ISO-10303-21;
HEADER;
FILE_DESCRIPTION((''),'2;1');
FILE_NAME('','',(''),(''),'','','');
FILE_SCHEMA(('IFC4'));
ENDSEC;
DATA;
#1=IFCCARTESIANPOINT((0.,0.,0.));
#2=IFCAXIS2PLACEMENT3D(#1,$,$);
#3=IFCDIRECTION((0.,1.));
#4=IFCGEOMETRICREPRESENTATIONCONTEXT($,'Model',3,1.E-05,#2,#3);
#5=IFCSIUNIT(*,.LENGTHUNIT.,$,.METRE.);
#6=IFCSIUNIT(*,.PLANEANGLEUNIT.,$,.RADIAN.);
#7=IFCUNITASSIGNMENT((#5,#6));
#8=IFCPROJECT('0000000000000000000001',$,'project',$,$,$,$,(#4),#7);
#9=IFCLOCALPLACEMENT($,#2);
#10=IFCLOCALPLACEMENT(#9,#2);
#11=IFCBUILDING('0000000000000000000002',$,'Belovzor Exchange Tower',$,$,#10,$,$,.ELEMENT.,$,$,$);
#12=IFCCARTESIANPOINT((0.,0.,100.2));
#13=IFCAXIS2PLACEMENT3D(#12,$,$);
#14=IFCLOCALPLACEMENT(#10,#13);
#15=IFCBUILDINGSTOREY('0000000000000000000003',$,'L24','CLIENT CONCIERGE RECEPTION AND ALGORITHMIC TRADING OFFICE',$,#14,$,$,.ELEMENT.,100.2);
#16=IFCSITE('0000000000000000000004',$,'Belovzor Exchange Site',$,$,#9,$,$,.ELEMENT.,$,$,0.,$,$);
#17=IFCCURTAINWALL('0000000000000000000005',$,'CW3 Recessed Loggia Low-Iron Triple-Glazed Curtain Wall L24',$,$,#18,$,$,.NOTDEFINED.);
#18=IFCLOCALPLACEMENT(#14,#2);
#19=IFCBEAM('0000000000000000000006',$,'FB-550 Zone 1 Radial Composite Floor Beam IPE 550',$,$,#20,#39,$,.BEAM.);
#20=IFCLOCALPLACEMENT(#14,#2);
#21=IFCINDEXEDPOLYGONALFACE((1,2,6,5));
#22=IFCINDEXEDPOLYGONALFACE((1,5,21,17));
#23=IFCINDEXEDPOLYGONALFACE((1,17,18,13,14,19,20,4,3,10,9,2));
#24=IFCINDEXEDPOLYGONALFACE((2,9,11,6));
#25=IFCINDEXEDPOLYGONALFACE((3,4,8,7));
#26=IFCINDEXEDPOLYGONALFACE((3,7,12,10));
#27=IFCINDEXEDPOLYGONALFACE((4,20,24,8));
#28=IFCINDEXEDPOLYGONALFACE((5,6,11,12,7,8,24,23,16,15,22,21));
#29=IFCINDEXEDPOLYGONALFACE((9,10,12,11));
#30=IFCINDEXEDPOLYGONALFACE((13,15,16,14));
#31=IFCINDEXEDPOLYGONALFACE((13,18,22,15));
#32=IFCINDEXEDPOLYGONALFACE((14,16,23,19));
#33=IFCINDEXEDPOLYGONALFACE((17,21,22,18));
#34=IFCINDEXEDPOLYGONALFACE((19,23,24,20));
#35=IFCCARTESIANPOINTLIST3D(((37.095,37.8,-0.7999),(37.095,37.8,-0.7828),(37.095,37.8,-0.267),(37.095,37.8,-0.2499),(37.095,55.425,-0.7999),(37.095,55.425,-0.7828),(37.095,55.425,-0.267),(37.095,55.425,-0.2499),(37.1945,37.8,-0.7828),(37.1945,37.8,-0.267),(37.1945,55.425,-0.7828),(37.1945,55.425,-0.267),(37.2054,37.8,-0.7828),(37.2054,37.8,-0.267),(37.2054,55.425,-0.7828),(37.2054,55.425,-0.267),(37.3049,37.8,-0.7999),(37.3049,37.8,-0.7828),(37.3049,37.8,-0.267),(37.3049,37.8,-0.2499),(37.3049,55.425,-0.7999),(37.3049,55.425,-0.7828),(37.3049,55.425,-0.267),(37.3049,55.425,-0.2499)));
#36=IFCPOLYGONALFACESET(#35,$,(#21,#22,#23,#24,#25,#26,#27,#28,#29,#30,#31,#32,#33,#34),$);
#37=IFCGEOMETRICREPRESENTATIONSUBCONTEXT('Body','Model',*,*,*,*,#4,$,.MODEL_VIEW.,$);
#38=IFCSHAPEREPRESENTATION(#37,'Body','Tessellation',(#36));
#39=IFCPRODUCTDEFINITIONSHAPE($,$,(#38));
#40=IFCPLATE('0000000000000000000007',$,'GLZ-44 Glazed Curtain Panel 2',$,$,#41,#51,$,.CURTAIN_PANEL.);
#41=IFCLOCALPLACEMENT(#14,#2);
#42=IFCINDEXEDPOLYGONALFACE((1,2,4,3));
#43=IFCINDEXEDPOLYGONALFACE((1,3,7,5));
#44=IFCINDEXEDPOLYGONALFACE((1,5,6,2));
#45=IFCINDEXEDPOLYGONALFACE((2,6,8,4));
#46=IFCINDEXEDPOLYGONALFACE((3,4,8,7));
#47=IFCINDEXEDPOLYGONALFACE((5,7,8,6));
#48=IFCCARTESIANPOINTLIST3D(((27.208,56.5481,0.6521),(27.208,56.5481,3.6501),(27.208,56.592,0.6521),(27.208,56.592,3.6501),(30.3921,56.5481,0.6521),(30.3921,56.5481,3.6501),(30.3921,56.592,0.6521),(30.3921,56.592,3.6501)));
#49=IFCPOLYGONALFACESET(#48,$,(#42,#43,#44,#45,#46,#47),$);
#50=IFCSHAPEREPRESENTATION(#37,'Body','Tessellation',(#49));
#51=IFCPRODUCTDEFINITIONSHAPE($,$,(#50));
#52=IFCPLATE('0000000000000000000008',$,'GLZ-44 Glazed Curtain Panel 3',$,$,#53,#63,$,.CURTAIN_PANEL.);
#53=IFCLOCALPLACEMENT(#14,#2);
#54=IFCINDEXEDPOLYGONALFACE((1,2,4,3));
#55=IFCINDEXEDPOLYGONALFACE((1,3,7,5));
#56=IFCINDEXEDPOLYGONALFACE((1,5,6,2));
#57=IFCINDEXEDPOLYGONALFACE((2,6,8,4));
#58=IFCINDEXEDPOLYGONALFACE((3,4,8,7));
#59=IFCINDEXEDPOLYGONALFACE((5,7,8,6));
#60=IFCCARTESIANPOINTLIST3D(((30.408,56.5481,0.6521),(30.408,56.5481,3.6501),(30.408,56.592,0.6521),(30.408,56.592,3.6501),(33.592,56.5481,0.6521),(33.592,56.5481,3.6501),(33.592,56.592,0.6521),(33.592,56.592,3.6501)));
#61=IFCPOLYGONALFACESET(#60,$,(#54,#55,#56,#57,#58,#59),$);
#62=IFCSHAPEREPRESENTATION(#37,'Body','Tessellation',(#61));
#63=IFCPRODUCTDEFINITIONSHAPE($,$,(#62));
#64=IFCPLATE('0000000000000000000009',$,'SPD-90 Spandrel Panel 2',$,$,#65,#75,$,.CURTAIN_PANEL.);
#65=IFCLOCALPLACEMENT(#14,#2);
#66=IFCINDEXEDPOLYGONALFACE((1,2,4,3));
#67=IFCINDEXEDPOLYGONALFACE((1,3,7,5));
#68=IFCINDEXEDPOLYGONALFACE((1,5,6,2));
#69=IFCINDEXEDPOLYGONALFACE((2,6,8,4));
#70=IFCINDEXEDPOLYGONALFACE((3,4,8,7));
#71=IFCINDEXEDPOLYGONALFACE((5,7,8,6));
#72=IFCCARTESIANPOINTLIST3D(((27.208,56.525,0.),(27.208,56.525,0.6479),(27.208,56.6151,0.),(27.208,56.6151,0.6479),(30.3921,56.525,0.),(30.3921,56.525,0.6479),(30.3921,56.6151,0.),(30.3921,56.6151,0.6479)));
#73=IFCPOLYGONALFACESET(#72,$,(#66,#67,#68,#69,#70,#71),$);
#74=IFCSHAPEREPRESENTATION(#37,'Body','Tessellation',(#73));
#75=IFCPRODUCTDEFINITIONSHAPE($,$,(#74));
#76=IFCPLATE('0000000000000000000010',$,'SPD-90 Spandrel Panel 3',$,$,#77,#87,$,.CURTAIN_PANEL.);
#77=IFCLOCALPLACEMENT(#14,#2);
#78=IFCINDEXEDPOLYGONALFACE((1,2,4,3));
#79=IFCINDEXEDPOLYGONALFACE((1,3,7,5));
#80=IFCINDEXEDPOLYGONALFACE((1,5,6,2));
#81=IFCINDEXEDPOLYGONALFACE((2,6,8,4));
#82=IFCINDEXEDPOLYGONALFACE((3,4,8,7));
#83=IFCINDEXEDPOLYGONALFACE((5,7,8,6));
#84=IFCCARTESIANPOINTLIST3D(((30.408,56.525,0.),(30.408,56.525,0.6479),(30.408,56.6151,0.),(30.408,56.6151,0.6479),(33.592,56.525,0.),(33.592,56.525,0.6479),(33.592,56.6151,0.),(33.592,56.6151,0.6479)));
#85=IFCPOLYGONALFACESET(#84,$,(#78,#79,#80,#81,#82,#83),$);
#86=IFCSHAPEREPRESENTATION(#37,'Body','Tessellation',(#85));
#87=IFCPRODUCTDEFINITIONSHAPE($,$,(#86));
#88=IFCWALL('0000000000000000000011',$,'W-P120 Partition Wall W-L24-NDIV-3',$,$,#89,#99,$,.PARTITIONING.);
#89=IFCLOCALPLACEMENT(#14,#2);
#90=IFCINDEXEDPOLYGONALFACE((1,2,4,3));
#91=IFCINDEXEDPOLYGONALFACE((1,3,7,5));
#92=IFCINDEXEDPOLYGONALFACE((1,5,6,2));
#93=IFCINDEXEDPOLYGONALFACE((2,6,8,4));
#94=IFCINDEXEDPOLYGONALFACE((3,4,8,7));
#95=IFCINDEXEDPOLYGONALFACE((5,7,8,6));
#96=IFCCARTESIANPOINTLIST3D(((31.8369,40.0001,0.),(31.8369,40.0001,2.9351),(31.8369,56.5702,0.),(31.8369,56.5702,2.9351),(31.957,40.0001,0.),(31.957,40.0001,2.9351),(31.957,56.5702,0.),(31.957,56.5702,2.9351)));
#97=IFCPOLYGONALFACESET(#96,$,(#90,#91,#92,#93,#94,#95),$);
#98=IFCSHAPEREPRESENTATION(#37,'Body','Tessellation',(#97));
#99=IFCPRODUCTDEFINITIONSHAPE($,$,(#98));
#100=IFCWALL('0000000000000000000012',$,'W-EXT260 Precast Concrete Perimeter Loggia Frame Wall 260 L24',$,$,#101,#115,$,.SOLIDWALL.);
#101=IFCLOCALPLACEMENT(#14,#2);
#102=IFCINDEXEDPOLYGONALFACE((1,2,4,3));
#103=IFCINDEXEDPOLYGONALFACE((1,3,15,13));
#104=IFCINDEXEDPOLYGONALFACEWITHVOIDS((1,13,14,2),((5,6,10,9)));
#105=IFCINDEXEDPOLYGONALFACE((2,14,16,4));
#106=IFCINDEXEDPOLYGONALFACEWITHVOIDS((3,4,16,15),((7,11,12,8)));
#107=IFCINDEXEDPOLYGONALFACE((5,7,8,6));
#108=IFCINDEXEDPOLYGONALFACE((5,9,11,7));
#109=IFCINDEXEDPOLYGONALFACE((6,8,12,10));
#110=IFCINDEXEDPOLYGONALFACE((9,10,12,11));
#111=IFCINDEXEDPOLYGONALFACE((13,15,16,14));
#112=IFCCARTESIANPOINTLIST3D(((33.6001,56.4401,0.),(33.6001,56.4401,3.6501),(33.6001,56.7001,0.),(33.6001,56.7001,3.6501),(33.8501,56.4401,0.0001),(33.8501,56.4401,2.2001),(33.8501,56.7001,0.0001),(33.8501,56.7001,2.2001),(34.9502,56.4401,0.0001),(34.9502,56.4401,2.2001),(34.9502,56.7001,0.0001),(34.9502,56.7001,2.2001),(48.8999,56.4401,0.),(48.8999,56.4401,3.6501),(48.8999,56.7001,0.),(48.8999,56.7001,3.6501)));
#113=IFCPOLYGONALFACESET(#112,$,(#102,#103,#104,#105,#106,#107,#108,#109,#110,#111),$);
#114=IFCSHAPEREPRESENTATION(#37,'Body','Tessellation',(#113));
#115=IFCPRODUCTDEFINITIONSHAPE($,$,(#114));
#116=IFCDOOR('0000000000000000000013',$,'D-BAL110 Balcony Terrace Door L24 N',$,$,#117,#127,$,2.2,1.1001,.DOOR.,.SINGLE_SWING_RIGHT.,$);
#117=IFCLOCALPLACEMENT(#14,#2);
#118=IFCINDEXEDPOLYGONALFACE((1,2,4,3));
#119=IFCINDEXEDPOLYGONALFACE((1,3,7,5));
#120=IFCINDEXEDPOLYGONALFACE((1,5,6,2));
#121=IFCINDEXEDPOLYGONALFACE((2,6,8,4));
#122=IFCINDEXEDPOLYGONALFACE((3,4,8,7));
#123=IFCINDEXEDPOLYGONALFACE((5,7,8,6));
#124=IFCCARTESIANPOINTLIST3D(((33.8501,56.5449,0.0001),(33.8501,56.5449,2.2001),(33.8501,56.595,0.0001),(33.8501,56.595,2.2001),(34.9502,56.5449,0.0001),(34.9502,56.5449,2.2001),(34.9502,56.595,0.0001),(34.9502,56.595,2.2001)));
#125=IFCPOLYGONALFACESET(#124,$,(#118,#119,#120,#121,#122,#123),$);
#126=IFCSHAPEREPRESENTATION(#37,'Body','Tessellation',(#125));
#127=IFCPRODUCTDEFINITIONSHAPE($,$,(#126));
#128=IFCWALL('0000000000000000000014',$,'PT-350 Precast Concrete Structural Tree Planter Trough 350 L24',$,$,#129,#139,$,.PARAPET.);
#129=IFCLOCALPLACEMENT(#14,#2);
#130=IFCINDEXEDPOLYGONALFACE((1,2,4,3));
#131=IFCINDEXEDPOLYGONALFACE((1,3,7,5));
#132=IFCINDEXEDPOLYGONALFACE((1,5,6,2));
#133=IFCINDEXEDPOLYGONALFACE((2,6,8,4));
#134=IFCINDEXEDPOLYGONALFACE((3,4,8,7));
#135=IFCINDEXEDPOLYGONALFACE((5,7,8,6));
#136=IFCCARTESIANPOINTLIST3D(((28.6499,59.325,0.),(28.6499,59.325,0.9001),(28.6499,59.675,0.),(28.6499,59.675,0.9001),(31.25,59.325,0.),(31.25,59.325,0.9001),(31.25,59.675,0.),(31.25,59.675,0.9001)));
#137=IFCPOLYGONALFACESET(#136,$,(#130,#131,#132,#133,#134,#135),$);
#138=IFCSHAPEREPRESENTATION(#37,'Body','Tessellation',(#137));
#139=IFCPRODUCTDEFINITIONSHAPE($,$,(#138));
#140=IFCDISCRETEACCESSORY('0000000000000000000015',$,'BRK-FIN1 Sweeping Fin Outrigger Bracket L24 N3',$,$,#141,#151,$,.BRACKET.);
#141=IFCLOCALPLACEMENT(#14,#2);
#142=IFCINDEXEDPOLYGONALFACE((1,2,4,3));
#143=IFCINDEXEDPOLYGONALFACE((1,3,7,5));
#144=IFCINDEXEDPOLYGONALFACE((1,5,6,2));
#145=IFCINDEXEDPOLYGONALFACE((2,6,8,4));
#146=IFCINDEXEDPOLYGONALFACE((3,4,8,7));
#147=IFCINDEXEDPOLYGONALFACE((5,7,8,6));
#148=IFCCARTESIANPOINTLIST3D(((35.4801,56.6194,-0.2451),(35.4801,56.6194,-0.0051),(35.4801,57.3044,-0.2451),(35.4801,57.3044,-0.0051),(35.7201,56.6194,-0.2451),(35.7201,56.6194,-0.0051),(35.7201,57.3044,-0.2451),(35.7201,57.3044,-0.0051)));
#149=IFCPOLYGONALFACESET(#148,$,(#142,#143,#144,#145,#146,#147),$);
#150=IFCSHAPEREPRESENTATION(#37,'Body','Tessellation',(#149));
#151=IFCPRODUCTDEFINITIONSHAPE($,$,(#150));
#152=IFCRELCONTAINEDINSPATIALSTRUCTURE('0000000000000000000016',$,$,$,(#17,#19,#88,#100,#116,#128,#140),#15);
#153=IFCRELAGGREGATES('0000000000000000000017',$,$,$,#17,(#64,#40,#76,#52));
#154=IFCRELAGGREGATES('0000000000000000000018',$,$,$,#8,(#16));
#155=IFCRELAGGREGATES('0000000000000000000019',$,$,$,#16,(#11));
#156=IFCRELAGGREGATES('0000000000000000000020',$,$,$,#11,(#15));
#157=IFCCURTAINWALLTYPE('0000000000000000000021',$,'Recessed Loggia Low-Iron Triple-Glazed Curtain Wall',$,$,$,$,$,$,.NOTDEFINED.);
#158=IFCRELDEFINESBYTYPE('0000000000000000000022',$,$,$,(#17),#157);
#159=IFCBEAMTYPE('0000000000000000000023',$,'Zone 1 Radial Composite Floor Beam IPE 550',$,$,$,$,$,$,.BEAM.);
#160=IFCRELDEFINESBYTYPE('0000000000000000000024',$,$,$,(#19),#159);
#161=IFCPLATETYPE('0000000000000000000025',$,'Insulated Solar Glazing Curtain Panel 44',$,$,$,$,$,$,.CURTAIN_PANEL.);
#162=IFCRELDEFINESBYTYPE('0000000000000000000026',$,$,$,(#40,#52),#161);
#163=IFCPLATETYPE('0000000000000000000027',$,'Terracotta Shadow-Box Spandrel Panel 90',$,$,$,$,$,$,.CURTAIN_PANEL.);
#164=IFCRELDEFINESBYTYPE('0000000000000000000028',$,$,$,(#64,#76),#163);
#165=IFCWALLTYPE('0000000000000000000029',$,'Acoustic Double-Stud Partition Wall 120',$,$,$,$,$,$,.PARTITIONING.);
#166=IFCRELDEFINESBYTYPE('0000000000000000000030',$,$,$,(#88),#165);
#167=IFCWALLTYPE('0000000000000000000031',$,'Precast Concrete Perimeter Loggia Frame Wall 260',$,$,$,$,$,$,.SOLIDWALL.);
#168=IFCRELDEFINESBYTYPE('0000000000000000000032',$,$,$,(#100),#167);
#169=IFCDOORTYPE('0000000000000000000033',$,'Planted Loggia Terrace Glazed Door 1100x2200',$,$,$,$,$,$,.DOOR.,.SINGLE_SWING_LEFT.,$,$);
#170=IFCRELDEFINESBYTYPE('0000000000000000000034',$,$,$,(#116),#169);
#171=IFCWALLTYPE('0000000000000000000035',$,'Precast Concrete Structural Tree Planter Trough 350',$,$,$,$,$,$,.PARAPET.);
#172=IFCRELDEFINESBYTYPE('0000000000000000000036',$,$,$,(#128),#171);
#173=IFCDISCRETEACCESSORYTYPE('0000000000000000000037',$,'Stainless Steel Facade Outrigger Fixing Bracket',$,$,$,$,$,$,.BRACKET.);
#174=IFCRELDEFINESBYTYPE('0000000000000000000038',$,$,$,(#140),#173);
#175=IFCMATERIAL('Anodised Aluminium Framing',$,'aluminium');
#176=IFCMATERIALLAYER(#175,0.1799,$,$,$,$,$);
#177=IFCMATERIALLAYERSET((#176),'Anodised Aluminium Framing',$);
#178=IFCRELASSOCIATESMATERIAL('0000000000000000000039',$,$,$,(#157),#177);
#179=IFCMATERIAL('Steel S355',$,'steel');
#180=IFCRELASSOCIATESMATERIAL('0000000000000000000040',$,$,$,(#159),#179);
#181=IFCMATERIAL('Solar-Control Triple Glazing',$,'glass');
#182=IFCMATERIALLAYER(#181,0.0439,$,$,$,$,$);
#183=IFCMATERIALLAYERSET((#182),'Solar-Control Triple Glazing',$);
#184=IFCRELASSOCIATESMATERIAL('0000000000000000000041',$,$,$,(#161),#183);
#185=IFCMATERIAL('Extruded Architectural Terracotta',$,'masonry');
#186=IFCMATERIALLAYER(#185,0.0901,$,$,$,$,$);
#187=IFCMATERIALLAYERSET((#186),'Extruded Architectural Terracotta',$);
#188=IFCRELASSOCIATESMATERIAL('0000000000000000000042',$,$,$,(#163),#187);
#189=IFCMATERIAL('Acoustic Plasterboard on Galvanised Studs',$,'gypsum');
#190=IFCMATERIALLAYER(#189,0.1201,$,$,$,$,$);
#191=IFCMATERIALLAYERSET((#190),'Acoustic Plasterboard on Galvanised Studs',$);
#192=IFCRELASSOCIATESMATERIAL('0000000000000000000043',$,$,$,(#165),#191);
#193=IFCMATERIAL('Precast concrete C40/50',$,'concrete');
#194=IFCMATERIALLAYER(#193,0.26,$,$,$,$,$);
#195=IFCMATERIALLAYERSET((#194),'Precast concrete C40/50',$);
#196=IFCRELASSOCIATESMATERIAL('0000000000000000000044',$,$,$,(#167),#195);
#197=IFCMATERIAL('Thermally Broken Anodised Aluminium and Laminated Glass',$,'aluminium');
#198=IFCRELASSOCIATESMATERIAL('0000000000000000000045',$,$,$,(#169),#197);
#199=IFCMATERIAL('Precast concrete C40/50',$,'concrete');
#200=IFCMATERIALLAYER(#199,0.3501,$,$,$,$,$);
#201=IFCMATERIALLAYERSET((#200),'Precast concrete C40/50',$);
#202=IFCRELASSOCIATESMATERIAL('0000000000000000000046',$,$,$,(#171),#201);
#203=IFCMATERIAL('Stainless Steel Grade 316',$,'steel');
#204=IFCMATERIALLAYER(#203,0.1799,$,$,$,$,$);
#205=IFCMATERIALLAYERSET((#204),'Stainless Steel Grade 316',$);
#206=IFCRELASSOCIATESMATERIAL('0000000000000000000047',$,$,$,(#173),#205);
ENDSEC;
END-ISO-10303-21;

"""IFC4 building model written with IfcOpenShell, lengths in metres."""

from ifc_helpers import new_model, si_unit, direction, frame, frame_2d, origin, origin_2d, place, context, subcontext, project, spatial, rectangle, i_section, extrude, material, layer, layer_set, material_profile, profile_set, type_object, element, fill, aggregate, save


model = new_model("IFC4")

# Units and contexts
model_context = context("Model", 3, precision=1e-05, world=origin(), true_north=direction((0.0, 1.0)))
body_context = subcontext(model_context, "Body", "Model", "MODEL_VIEW")
ifc_project = project(units=[si_unit("LENGTHUNIT", "METRE"), si_unit("PLANEANGLEUNIT", "RADIAN")], contexts=[model_context])

# Site, building, storey
site_placement = place(None, origin())
site = spatial("IfcSite", under=ifc_project, at=site_placement, Name="Belovzor Exchange Site", CompositionType="ELEMENT", RefElevation=0.0)
building_placement = place(site_placement, origin())
building = spatial("IfcBuilding", under=site, at=building_placement, Name="Belovzor Exchange Tower", CompositionType="ELEMENT")
storey_placement = place(building_placement, frame((0.0, 0.0, 100.2)))
storey = spatial("IfcBuildingStorey", under=building, at=storey_placement, Name="L24", Description="CLIENT CONCIERGE RECEPTION AND ALGORITHMIC TRADING OFFICE", CompositionType="ELEMENT", Elevation=100.2)

# Curtain wall
ifc_material_1 = material(Name="Anodised Aluminium Framing", Category="aluminium")
ifc_layer_1 = layer(ifc_material_1, 0.1799)
ifc_layer_set_1 = layer_set([ifc_layer_1], Name="Anodised Aluminium Framing")
curtain_wall_type = type_object("IfcCurtainWallType", Name="Recessed Loggia Low-Iron Triple-Glazed Curtain Wall", PredefinedType="NOTDEFINED", material=ifc_layer_set_1)
curtain_wall_placement = place(storey_placement, origin())
curtain_wall = element("IfcCurtainWall", 1, at=curtain_wall_placement, inside=storey, type_object=curtain_wall_type, Name="CW3 Recessed Loggia Low-Iron Triple-Glazed Curtain Wall L24", PredefinedType="NOTDEFINED")

# Beam
ifc_material_2 = material(Name="Steel S355", Category="steel")
ifc_material_profile_1 = material_profile(ifc_material_2, i_section(OverallWidth=0.21, OverallDepth=0.55, WebThickness=0.011, FlangeThickness=0.0171, at=origin_2d()))
ifc_profile_set_1 = profile_set([ifc_material_profile_1], Name="Steel S355")
beam_type_1 = type_object("IfcBeamType", Name="Zone 1 Radial Composite Floor Beam IPE 550", PredefinedType="BEAM", material=ifc_profile_set_1)
beam_1_placement = place(storey_placement, frame((37.2, 37.8, -0.5249), z_axis=(0.0, 1.0, 0.0), x_axis=(-1.0, 0.0, 0.0)))
element("IfcBeam", 2, at=beam_1_placement, inside=storey, type_object=beam_type_1, Name="FB-550 Zone 1 Radial Composite Floor Beam IPE 550", PredefinedType="BEAM", context=body_context, shape_type="SweptSolid", body=[
    extrude(i_section(OverallWidth=0.21, OverallDepth=0.55, WebThickness=0.011, FlangeThickness=0.0171, at=origin_2d()), origin(), (0.0, 0.0, 1.0), 17.625),
])

# Plates
ifc_material_3 = material(Name="Solar-Control Triple Glazing", Category="glass")
ifc_layer_2 = layer(ifc_material_3, 0.0439)
ifc_layer_set_2 = layer_set([ifc_layer_2], Name="Solar-Control Triple Glazing")
plate_type_1 = type_object("IfcPlateType", Name="Insulated Solar Glazing Curtain Panel 44", PredefinedType="CURTAIN_PANEL", material=ifc_layer_set_2)
plate_1_placement = place(storey_placement, frame((28.8, 56.5701, 0.6521), z_axis=(0.0, 0.0, 1.0), x_axis=(1.0, 0.0, 0.0)))
plate_1 = element("IfcPlate", 3, at=plate_1_placement, type_object=plate_type_1, Name="GLZ-44 Glazed Curtain Panel 2", PredefinedType="CURTAIN_PANEL", context=body_context, shape_type="SweptSolid", body=[
    extrude(rectangle(XDim=3.1841, YDim=0.0439, at=origin_2d()), origin(), (0.0, 0.0, 1.0), 2.998),
])
plate_2_placement = place(storey_placement, frame((32.0, 56.5701, 0.6521), z_axis=(0.0, 0.0, 1.0), x_axis=(1.0, 0.0, 0.0)))
plate_2 = element("IfcPlate", 4, at=plate_2_placement, type_object=plate_type_1, Name="GLZ-44 Glazed Curtain Panel 3", PredefinedType="CURTAIN_PANEL", context=body_context, shape_type="SweptSolid", body=[
    extrude(rectangle(XDim=3.1841, YDim=0.0439, at=origin_2d()), origin(), (0.0, 0.0, 1.0), 2.998),
])
ifc_material_4 = material(Name="Extruded Architectural Terracotta", Category="masonry")
ifc_layer_3 = layer(ifc_material_4, 0.0901)
ifc_layer_set_3 = layer_set([ifc_layer_3], Name="Extruded Architectural Terracotta")
plate_type_2 = type_object("IfcPlateType", Name="Terracotta Shadow-Box Spandrel Panel 90", PredefinedType="CURTAIN_PANEL", material=ifc_layer_set_3)
plate_3_placement = place(storey_placement, frame((28.8, 56.5701, 0.0), z_axis=(0.0, 0.0, 1.0), x_axis=(1.0, 0.0, 0.0)))
plate_3 = element("IfcPlate", 5, at=plate_3_placement, type_object=plate_type_2, Name="SPD-90 Spandrel Panel 2", PredefinedType="CURTAIN_PANEL", context=body_context, shape_type="SweptSolid", body=[
    extrude(rectangle(XDim=3.1841, YDim=0.0901, at=origin_2d()), origin(), (0.0, 0.0, 1.0), 0.6479),
])
plate_4_placement = place(storey_placement, frame((32.0, 56.5701, 0.0), z_axis=(0.0, 0.0, 1.0), x_axis=(1.0, 0.0, 0.0)))
plate_4 = element("IfcPlate", 6, at=plate_4_placement, type_object=plate_type_2, Name="SPD-90 Spandrel Panel 3", PredefinedType="CURTAIN_PANEL", context=body_context, shape_type="SweptSolid", body=[
    extrude(rectangle(XDim=3.1841, YDim=0.0901, at=origin_2d()), origin(), (0.0, 0.0, 1.0), 0.6479),
])
aggregate(curtain_wall, [plate_3, plate_1, plate_4, plate_2])

# Wall
ifc_material_5 = material(Name="Acoustic Plasterboard on Galvanised Studs", Category="gypsum")
ifc_layer_4 = layer(ifc_material_5, 0.1201)
ifc_layer_set_4 = layer_set([ifc_layer_4], Name="Acoustic Plasterboard on Galvanised Studs")
wall_type_1 = type_object("IfcWallType", Name="Acoustic Double-Stud Partition Wall 120", PredefinedType="PARTITIONING", material=ifc_layer_set_4)
wall_1_placement = place(storey_placement, frame((31.897, 40.0, 0.0), z_axis=(0.0, 0.0, 1.0), x_axis=(0.0, 1.0, 0.0)))
element("IfcWall", 7, at=wall_1_placement, inside=storey, type_object=wall_type_1, Name="W-P120 Partition Wall W-L24-NDIV-3", PredefinedType="PARTITIONING", context=body_context, shape_type="SweptSolid", body=[
    extrude(rectangle(XDim=16.5701, YDim=0.1201, at=frame_2d((8.2852, 0.0))), origin(), (0.0, 0.0, 1.0), 2.9351),
])

# Wall, opening, door
ifc_material_6 = material(Name="Precast concrete C40/50", Category="concrete")
ifc_layer_5 = layer(ifc_material_6, 0.26)
ifc_layer_set_5 = layer_set([ifc_layer_5], Name="Precast concrete C40/50")
wall_type_2 = type_object("IfcWallType", Name="Precast Concrete Perimeter Loggia Frame Wall 260", PredefinedType="SOLIDWALL", material=ifc_layer_set_5)
wall_2_placement = place(storey_placement, frame((33.6001, 56.5701, 0.0), z_axis=(0.0, 0.0, 1.0), x_axis=(1.0, 0.0, 0.0)))
wall_2 = element("IfcWall", 8, at=wall_2_placement, inside=storey, type_object=wall_type_2, Name="W-EXT260 Precast Concrete Perimeter Loggia Frame Wall 260 L24", PredefinedType="SOLIDWALL", context=body_context, shape_type="SweptSolid", body=[
    extrude(rectangle(XDim=15.2998, YDim=0.26, at=frame_2d((7.6499, 0.0))), origin(), (0.0, 0.0, 1.0), 3.6501),
])
opening_placement = place(wall_2_placement, frame((0.25, 0.0, 0.0)))
opening = element("IfcOpeningElement", 9, at=opening_placement, cuts=wall_2, PredefinedType="OPENING", context=body_context, shape_type="SweptSolid", body=[
    extrude(rectangle(XDim=1.1001, YDim=2.2, at=frame_2d((0.55, 1.1001))), frame((0.0, 0.1399, 0.0), z_axis=(0.0, -1.0, 0.0), x_axis=(1.0, 0.0, 0.0)), (0.0, 0.0, 1.0), 0.28),
])
ifc_material_7 = material(Name="Thermally Broken Anodised Aluminium and Laminated Glass", Category="aluminium")
door_type = type_object("IfcDoorType", Name="Planted Loggia Terrace Glazed Door 1100x2200", OperationType="SINGLE_SWING_LEFT", PredefinedType="DOOR", material=ifc_material_7)
door_placement = place(opening_placement, origin())
door = element("IfcDoor", 10, at=door_placement, inside=storey, type_object=door_type, Name="D-BAL110 Balcony Terrace Door L24 N", OperationType="SINGLE_SWING_RIGHT", OverallHeight=2.2, OverallWidth=1.1001, PredefinedType="DOOR", context=body_context, shape_type="SweptSolid", body=[
    extrude(rectangle(XDim=1.1001, YDim=2.2, at=frame_2d((0.55, 1.1001))), frame((0.0, 0.0249, 0.0), z_axis=(0.0, -1.0, 0.0), x_axis=(1.0, 0.0, 0.0)), (0.0, 0.0, 1.0), 0.05),
])
fill(opening, door)

# Wall
ifc_material_8 = material(Name="Precast concrete C40/50", Category="concrete")
ifc_layer_6 = layer(ifc_material_8, 0.3501)
ifc_layer_set_6 = layer_set([ifc_layer_6], Name="Precast concrete C40/50")
wall_type_3 = type_object("IfcWallType", Name="Precast Concrete Structural Tree Planter Trough 350", PredefinedType="PARAPET", material=ifc_layer_set_6)
wall_3_placement = place(storey_placement, frame((28.6499, 59.5, 0.0), z_axis=(0.0, 0.0, 1.0), x_axis=(1.0, 0.0, 0.0)))
element("IfcWall", 11, at=wall_3_placement, inside=storey, type_object=wall_type_3, Name="PT-350 Precast Concrete Structural Tree Planter Trough 350 L24", PredefinedType="PARAPET", context=body_context, shape_type="SweptSolid", body=[
    extrude(rectangle(XDim=2.6001, YDim=0.3501, at=frame_2d((1.3, 0.0))), origin(), (0.0, 0.0, 1.0), 0.9001),
])

# Discrete accessory
ifc_material_9 = material(Name="Stainless Steel Grade 316", Category="steel")
ifc_layer_7 = layer(ifc_material_9, 0.1799)
ifc_layer_set_7 = layer_set([ifc_layer_7], Name="Stainless Steel Grade 316")
discrete_accessory_type = type_object("IfcDiscreteAccessoryType", Name="Stainless Steel Facade Outrigger Fixing Bracket", PredefinedType="BRACKET", material=ifc_layer_set_7)
discrete_accessory_placement = place(storey_placement, frame((35.6001, 56.9619, -0.2451), z_axis=(0.0, 0.0, 1.0), x_axis=(0.0, 1.0, 0.0)))
element("IfcDiscreteAccessory", 12, at=discrete_accessory_placement, inside=storey, type_object=discrete_accessory_type, Name="BRK-FIN1 Sweeping Fin Outrigger Bracket L24 N3", PredefinedType="BRACKET", context=body_context, shape_type="SweptSolid", body=[
    extrude(rectangle(XDim=0.6851, YDim=0.24, at=origin_2d()), origin(), (0.0, 0.0, 1.0), 0.24),
])

save(model, "model.ifc")
